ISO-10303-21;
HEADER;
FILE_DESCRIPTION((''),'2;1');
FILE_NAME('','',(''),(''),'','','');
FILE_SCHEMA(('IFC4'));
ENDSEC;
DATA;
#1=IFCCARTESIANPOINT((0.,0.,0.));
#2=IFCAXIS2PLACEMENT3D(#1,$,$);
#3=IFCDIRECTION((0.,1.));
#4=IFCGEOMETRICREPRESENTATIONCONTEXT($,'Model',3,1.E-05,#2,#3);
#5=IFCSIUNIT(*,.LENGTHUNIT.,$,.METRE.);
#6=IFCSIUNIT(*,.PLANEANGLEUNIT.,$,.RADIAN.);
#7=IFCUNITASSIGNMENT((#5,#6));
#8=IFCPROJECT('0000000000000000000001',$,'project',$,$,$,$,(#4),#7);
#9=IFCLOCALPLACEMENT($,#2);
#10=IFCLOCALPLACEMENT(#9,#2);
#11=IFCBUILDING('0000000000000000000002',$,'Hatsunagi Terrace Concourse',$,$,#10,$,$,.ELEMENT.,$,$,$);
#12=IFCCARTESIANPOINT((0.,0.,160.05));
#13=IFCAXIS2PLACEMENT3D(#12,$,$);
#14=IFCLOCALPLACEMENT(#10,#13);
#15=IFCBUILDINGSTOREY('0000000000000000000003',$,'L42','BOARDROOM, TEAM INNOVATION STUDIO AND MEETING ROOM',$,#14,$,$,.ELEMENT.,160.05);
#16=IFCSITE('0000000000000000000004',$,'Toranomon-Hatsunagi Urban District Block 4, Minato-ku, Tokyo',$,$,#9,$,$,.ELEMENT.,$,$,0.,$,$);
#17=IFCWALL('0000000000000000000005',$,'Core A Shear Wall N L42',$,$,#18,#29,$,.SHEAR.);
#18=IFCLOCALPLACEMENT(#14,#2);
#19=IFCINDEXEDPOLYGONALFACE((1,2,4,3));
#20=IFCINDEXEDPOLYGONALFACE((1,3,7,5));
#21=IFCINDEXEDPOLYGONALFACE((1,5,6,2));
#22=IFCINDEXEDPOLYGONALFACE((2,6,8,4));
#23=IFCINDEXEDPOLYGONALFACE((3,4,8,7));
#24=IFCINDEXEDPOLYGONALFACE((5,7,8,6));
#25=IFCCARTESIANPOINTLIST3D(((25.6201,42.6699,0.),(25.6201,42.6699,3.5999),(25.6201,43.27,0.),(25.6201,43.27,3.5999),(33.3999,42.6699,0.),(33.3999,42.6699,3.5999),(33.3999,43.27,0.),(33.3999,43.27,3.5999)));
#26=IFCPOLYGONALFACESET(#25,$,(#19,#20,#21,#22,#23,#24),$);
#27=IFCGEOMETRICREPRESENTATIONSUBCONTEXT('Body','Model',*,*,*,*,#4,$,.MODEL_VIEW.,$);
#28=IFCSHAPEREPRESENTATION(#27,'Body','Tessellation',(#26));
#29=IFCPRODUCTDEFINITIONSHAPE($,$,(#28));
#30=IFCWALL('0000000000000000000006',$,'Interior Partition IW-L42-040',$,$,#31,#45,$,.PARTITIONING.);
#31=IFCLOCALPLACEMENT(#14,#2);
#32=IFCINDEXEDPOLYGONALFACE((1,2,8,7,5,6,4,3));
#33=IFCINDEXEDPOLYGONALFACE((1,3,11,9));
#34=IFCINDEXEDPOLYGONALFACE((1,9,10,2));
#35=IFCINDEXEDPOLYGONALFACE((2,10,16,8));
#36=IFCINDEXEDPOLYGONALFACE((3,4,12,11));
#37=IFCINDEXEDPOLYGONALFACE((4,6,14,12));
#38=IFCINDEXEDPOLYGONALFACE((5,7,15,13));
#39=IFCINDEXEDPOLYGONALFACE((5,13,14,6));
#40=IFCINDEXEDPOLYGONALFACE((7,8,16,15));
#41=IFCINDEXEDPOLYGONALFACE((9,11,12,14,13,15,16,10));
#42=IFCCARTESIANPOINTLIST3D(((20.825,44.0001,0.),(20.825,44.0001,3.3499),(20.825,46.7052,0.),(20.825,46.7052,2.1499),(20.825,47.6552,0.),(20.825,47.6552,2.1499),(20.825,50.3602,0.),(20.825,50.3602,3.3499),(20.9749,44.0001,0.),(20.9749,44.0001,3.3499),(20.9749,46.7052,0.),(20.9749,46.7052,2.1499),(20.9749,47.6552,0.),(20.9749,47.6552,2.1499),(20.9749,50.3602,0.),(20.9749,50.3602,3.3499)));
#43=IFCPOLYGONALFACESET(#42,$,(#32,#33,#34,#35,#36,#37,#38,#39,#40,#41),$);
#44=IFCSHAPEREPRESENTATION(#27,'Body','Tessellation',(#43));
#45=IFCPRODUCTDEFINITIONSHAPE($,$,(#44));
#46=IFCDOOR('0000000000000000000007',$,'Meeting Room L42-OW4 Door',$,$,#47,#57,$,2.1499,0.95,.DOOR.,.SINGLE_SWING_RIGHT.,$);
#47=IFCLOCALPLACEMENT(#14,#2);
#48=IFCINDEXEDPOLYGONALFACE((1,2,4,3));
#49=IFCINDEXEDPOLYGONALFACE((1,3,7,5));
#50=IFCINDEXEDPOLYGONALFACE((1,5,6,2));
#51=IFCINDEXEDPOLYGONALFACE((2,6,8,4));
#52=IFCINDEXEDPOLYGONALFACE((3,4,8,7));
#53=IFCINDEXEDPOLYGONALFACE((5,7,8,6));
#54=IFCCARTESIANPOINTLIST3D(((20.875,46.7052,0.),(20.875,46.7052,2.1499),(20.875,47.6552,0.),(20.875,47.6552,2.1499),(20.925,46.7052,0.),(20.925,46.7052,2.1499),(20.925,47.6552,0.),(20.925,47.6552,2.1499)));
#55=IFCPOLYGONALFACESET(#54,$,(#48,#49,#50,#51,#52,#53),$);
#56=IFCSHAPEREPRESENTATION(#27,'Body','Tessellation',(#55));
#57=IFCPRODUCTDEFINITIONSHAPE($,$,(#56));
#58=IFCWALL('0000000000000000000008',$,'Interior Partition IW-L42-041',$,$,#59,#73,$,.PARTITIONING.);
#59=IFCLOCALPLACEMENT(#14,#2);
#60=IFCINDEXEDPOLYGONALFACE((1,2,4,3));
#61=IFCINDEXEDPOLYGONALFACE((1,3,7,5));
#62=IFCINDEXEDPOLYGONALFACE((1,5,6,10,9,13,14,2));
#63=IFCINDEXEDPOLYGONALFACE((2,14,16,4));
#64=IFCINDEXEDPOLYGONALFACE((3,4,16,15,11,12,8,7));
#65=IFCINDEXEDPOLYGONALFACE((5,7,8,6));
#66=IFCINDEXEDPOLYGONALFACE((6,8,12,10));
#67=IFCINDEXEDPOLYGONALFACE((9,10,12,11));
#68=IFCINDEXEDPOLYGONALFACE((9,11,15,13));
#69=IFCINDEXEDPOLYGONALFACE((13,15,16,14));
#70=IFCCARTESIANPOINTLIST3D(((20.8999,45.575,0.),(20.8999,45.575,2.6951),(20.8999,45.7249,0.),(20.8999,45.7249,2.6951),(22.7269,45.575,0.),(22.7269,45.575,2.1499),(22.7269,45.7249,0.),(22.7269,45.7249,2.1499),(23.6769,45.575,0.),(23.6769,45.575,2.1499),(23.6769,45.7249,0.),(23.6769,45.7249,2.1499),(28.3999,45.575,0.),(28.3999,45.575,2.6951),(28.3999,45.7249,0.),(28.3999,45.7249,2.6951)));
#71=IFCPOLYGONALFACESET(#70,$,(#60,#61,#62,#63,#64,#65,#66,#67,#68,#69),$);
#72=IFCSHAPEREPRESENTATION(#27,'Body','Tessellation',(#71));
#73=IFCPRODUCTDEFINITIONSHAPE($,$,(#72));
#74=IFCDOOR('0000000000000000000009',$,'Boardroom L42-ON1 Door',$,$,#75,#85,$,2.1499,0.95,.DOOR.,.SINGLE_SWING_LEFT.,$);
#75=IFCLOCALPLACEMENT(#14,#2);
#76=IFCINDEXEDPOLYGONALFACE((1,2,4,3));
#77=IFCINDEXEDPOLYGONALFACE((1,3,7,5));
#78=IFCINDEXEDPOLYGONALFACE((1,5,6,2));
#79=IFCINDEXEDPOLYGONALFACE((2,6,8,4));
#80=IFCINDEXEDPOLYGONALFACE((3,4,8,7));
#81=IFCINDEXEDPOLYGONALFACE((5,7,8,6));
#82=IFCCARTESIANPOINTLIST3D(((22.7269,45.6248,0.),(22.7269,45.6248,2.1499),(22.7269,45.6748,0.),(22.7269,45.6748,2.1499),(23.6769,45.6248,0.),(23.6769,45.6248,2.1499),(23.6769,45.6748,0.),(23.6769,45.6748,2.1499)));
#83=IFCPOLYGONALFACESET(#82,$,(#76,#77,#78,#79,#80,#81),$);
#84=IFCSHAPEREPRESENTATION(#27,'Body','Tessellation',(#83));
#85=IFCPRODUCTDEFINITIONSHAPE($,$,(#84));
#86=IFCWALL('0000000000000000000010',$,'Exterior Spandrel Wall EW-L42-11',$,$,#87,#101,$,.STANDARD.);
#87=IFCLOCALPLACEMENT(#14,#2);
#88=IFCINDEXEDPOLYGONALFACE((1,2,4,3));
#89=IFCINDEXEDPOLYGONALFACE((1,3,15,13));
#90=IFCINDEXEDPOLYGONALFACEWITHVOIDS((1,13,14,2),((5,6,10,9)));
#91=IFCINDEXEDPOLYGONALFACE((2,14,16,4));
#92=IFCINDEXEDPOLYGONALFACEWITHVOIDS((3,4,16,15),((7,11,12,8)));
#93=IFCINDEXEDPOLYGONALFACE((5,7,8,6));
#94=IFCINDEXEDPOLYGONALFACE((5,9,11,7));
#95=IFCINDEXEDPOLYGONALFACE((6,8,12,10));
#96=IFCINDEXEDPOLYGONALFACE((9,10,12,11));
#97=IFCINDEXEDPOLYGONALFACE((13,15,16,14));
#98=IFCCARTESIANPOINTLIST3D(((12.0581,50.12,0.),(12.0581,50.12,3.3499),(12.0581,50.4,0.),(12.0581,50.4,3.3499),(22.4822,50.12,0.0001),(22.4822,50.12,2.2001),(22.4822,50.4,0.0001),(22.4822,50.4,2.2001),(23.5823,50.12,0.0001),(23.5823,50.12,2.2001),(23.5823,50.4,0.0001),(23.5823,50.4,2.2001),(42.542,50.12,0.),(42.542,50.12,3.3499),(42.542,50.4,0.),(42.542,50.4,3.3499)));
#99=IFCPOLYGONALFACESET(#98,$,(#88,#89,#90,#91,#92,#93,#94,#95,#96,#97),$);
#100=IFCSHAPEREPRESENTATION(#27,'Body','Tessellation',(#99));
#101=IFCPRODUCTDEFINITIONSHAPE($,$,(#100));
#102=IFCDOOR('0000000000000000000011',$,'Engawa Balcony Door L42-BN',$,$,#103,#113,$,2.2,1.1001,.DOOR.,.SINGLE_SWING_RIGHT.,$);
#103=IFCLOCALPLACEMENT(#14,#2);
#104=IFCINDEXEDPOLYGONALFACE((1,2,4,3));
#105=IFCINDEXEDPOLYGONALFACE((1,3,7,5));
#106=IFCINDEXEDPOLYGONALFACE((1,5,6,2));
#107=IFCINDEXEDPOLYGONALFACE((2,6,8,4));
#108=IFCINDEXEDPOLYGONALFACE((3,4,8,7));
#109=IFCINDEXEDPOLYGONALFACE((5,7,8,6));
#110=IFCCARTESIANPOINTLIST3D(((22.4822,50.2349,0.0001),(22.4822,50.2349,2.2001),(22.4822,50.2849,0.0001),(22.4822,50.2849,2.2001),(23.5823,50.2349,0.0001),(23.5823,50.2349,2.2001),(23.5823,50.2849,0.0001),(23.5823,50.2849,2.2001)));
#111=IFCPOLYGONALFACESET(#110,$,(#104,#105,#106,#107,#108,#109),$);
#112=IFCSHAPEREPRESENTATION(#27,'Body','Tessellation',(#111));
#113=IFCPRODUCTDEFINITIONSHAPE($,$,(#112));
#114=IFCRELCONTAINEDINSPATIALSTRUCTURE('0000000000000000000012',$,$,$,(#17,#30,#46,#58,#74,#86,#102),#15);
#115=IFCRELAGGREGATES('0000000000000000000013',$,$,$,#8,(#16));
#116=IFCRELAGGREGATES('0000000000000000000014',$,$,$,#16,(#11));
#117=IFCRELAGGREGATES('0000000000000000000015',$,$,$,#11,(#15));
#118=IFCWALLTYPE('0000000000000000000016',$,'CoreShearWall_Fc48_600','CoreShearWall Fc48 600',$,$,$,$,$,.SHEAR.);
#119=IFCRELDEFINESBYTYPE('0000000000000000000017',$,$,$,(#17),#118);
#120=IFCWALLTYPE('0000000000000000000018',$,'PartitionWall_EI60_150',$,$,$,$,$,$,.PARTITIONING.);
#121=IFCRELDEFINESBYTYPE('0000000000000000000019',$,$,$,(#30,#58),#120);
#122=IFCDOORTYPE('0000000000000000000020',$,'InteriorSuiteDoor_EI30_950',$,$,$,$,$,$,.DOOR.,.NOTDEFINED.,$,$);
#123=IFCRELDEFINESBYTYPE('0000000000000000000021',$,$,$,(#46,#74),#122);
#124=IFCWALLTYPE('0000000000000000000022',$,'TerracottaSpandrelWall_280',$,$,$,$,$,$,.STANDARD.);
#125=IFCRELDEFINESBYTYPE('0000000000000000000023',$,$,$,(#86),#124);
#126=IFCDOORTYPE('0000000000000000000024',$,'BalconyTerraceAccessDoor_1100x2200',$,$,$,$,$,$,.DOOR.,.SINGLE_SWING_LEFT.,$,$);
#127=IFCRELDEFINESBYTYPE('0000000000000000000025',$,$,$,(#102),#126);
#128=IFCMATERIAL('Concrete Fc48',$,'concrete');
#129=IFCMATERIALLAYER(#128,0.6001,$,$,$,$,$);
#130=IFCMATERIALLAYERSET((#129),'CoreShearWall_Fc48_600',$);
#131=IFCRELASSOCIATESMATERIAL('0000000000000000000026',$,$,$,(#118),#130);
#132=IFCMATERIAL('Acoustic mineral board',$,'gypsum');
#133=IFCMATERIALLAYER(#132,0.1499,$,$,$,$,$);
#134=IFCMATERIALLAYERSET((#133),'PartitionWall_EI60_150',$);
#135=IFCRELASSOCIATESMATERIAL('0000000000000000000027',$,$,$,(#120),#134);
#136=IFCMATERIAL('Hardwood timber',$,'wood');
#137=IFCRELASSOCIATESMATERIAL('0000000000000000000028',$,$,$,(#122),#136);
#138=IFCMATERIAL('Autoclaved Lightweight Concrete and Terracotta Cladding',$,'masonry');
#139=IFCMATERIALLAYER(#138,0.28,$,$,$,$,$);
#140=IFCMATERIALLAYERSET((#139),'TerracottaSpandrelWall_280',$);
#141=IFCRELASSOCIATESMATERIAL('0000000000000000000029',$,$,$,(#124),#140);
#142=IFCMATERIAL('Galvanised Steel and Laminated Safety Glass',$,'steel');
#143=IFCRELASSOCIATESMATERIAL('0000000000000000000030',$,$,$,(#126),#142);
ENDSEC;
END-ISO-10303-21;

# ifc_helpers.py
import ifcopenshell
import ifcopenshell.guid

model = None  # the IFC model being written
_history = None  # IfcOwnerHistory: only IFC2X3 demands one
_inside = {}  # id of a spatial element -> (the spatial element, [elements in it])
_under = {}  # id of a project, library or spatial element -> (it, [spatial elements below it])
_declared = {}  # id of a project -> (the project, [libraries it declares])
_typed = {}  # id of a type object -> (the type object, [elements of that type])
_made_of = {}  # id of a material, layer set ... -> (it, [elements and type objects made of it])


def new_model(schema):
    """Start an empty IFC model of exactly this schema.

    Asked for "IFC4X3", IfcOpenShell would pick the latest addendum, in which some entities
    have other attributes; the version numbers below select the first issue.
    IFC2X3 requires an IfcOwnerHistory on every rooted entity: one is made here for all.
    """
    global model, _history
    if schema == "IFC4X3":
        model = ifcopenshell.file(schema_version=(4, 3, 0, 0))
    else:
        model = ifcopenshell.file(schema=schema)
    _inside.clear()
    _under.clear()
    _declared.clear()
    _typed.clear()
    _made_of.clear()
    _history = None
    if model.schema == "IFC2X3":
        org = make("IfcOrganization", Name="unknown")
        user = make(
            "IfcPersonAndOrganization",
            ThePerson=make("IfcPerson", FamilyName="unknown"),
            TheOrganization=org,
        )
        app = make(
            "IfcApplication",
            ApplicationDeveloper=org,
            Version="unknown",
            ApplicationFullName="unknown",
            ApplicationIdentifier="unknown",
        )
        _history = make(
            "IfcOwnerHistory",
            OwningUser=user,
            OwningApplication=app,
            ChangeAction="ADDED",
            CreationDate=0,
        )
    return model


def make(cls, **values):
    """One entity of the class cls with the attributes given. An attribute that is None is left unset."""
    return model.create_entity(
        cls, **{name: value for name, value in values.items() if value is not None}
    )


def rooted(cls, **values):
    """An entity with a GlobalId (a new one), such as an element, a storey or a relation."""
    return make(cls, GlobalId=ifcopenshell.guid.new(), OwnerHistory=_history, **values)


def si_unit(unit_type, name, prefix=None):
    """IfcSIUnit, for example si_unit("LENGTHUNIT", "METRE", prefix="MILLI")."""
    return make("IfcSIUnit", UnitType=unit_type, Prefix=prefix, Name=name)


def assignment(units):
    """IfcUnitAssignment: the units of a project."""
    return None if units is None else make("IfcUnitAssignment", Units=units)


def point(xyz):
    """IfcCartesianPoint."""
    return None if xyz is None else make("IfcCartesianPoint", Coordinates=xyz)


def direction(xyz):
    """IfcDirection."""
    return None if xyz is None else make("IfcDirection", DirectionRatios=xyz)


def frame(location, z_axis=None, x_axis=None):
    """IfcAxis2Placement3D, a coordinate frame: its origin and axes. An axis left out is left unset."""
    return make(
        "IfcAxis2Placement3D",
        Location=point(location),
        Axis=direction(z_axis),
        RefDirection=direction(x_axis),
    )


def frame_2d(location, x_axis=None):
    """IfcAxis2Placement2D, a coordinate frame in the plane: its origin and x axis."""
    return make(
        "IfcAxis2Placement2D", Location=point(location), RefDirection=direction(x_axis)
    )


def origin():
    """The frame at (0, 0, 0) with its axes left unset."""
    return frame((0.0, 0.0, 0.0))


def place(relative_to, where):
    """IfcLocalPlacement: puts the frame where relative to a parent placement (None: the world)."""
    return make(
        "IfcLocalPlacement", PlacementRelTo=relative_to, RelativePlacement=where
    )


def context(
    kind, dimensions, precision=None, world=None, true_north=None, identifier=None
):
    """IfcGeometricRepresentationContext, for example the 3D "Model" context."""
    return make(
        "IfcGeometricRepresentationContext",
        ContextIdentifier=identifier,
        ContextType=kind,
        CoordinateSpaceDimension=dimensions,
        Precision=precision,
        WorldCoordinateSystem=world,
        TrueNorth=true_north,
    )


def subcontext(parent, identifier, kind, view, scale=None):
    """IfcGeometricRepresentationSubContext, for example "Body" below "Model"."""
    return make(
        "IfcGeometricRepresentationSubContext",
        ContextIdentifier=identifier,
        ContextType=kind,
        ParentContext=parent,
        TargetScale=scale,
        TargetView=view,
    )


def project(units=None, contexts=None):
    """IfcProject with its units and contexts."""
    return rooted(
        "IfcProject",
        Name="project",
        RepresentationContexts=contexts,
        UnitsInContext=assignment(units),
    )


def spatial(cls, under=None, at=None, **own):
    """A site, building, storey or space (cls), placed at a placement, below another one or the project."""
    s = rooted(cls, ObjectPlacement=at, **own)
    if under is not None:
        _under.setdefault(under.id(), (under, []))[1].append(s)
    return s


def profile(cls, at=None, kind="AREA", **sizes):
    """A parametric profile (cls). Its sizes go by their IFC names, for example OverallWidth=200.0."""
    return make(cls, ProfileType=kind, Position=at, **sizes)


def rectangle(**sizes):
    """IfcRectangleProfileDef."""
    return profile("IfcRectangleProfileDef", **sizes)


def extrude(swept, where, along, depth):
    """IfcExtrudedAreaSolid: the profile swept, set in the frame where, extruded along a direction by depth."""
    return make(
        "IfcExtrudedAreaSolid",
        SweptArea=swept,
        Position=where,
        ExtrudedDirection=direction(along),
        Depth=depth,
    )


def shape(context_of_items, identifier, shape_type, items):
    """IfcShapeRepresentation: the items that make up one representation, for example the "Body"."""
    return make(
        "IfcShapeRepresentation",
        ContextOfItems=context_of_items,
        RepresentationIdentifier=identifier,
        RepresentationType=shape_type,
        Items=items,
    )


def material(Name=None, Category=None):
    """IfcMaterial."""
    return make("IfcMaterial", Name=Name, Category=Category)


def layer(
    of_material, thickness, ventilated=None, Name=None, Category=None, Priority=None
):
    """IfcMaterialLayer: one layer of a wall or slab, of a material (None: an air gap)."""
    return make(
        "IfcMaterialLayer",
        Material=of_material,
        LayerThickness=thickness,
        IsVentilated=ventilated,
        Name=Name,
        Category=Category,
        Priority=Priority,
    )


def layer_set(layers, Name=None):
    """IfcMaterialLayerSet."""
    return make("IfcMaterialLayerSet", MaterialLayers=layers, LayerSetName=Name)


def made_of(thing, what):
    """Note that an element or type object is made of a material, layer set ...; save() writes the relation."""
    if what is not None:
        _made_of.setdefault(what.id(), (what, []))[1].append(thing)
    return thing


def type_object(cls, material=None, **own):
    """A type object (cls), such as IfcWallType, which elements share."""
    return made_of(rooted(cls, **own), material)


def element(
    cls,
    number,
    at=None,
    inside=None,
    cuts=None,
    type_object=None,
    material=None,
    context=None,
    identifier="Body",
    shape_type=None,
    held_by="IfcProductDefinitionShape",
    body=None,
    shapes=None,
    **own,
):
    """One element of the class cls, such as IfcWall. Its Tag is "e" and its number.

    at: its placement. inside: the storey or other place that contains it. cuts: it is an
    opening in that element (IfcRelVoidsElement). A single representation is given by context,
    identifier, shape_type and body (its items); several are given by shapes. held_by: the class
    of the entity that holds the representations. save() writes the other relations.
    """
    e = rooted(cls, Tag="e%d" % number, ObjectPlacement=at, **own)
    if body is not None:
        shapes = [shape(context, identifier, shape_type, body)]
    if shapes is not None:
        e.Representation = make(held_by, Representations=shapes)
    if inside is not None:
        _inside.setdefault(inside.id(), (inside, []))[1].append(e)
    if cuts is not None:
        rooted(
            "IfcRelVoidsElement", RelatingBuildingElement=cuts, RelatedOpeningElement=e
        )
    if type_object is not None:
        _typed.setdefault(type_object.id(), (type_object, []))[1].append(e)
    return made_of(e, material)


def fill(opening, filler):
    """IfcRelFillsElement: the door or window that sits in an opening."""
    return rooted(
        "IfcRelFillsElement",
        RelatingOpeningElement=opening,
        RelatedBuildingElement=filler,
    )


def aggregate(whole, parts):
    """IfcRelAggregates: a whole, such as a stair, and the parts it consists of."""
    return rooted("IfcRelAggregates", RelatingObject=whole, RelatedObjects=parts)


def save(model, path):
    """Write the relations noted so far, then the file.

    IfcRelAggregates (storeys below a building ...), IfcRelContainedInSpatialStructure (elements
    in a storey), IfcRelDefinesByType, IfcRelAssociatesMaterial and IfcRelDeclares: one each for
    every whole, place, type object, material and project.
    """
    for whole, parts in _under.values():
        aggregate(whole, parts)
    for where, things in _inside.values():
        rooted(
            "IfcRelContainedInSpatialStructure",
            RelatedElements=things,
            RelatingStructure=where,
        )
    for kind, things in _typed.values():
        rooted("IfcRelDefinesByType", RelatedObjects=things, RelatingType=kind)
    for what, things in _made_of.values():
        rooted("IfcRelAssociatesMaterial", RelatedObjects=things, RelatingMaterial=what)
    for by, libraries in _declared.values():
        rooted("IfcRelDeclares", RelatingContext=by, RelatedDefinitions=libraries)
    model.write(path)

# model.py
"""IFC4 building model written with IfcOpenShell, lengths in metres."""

from ifc_helpers import new_model, si_unit, direction, frame, frame_2d, origin, place, context, subcontext, project, spatial, rectangle, extrude, material, layer, layer_set, type_object, element, fill, save


model = new_model("IFC4")

# Units and contexts
model_context = context("Model", 3, precision=1e-05, world=origin(), true_north=direction((0.0, 1.0)))
body_context = subcontext(model_context, "Body", "Model", "MODEL_VIEW")
ifc_project = project(units=[si_unit("LENGTHUNIT", "METRE"), si_unit("PLANEANGLEUNIT", "RADIAN")], contexts=[model_context])

# Site, building, storey
site_placement = place(None, origin())
site = spatial("IfcSite", under=ifc_project, at=site_placement, Name="Toranomon-Hatsunagi Urban District Block 4, Minato-ku, Tokyo", CompositionType="ELEMENT", RefElevation=0.0)
building_placement = place(site_placement, origin())
building = spatial("IfcBuilding", under=site, at=building_placement, Name="Hatsunagi Terrace Concourse", CompositionType="ELEMENT")
storey_placement = place(building_placement, frame((0.0, 0.0, 160.05)))
storey = spatial("IfcBuildingStorey", under=building, at=storey_placement, Name="L42", Description="BOARDROOM, TEAM INNOVATION STUDIO AND MEETING ROOM", CompositionType="ELEMENT", Elevation=160.05)

# Wall
ifc_material_1 = material(Name="Concrete Fc48", Category="concrete")
ifc_layer_1 = layer(ifc_material_1, 0.6001)
ifc_layer_set_1 = layer_set([ifc_layer_1], Name="CoreShearWall_Fc48_600")
wall_type_1 = type_object("IfcWallType", Name="CoreShearWall_Fc48_600", Description="CoreShearWall Fc48 600", PredefinedType="SHEAR", material=ifc_layer_set_1)
wall_1_placement = place(storey_placement, frame((25.6201, 42.97, 0.0), z_axis=(0.0, 0.0, 1.0), x_axis=(1.0, 0.0, 0.0)))
element("IfcWall", 1, at=wall_1_placement, inside=storey, type_object=wall_type_1, Name="Core A Shear Wall N L42", PredefinedType="SHEAR", context=body_context, shape_type="SweptSolid", body=[
    extrude(rectangle(XDim=7.7798, YDim=0.6001, at=frame_2d((3.8899, 0.0))), origin(), (0.0, 0.0, 1.0), 3.5999),
])

# Walls, openings, doors
ifc_material_2 = material(Name="Acoustic mineral board", Category="gypsum")
ifc_layer_2 = layer(ifc_material_2, 0.1499)
ifc_layer_set_2 = layer_set([ifc_layer_2], Name="PartitionWall_EI60_150")
wall_type_2 = type_object("IfcWallType", Name="PartitionWall_EI60_150", PredefinedType="PARTITIONING", material=ifc_layer_set_2)
wall_2_placement = place(storey_placement, frame((20.8999, 44.0, 0.0), z_axis=(0.0, 0.0, 1.0), x_axis=(0.0, 1.0, 0.0)))
wall_2 = element("IfcWall", 2, at=wall_2_placement, inside=storey, type_object=wall_type_2, Name="Interior Partition IW-L42-040", PredefinedType="PARTITIONING", context=body_context, shape_type="SweptSolid", body=[
    extrude(rectangle(XDim=6.3601, YDim=0.1499, at=frame_2d((3.1802, 0.0))), origin(), (0.0, 0.0, 1.0), 3.3499),
])
opening_1_placement = place(wall_2_placement, frame((2.7051, 0.0, 0.0)))
opening_1 = element("IfcOpeningElement", 3, at=opening_1_placement, cuts=wall_2, PredefinedType="OPENING", context=body_context, shape_type="SweptSolid", body=[
    extrude(rectangle(XDim=0.95, YDim=2.1499, at=frame_2d((0.4751, 1.075))), frame((0.0, 0.085, 0.0), z_axis=(0.0, -1.0, 0.0), x_axis=(1.0, 0.0, 0.0)), (0.0, 0.0, 1.0), 0.1699),
])
ifc_material_3 = material(Name="Hardwood timber", Category="wood")
door_type_1 = type_object("IfcDoorType", Name="InteriorSuiteDoor_EI30_950", OperationType="NOTDEFINED", PredefinedType="DOOR", material=ifc_material_3)
door_1_placement = place(opening_1_placement, origin())
door_1 = element("IfcDoor", 4, at=door_1_placement, inside=storey, type_object=door_type_1, Name="Meeting Room L42-OW4 Door", OperationType="SINGLE_SWING_RIGHT", OverallHeight=2.1499, OverallWidth=0.95, PredefinedType="DOOR", context=body_context, shape_type="SweptSolid", body=[
    extrude(rectangle(XDim=0.95, YDim=2.1499, at=frame_2d((0.4751, 1.075))), frame((0.0, 0.0249, 0.0), z_axis=(0.0, -1.0, 0.0), x_axis=(1.0, 0.0, 0.0)), (0.0, 0.0, 1.0), 0.05),
])
fill(opening_1, door_1)
wall_3_placement = place(storey_placement, frame((20.8999, 45.6499, 0.0), z_axis=(0.0, 0.0, 1.0), x_axis=(1.0, 0.0, 0.0)))
wall_3 = element("IfcWall", 5, at=wall_3_placement, inside=storey, type_object=wall_type_2, Name="Interior Partition IW-L42-041", PredefinedType="PARTITIONING", context=body_context, shape_type="SweptSolid", body=[
    extrude(rectangle(XDim=7.5, YDim=0.1499, at=frame_2d((3.75, 0.0))), origin(), (0.0, 0.0, 1.0), 2.6951),
])
opening_2_placement = place(wall_3_placement, frame((1.8269, 0.0, 0.0)))
opening_2 = element("IfcOpeningElement", 6, at=opening_2_placement, cuts=wall_3, PredefinedType="OPENING", context=body_context, shape_type="SweptSolid", body=[
    extrude(rectangle(XDim=0.95, YDim=2.1499, at=frame_2d((0.4751, 1.075))), frame((0.0, 0.085, 0.0), z_axis=(0.0, -1.0, 0.0), x_axis=(1.0, 0.0, 0.0)), (0.0, 0.0, 1.0), 0.1699),
])
door_2_placement = place(opening_2_placement, origin())
door_2 = element("IfcDoor", 7, at=door_2_placement, inside=storey, type_object=door_type_1, Name="Boardroom L42-ON1 Door", OperationType="SINGLE_SWING_LEFT", OverallHeight=2.1499, OverallWidth=0.95, PredefinedType="DOOR", context=body_context, shape_type="SweptSolid", body=[
    extrude(rectangle(XDim=0.95, YDim=2.1499, at=frame_2d((0.4751, 1.075))), frame((0.0, 0.0249, 0.0), z_axis=(0.0, -1.0, 0.0), x_axis=(1.0, 0.0, 0.0)), (0.0, 0.0, 1.0), 0.05),
])
fill(opening_2, door_2)
ifc_material_4 = material(Name="Autoclaved Lightweight Concrete and Terracotta Cladding", Category="masonry")
ifc_layer_3 = layer(ifc_material_4, 0.28)
ifc_layer_set_3 = layer_set([ifc_layer_3], Name="TerracottaSpandrelWall_280")
wall_type_3 = type_object("IfcWallType", Name="TerracottaSpandrelWall_280", PredefinedType="STANDARD", material=ifc_layer_set_3)
wall_4_placement = place(storey_placement, frame((12.0581, 50.26, 0.0), z_axis=(0.0, 0.0, 1.0), x_axis=(1.0, 0.0, 0.0)))
wall_4 = element("IfcWall", 8, at=wall_4_placement, inside=storey, type_object=wall_type_3, Name="Exterior Spandrel Wall EW-L42-11", PredefinedType="STANDARD", context=body_context, shape_type="SweptSolid", body=[
    extrude(rectangle(XDim=30.4839, YDim=0.28, at=frame_2d((15.2419, 0.0))), origin(), (0.0, 0.0, 1.0), 3.3499),
])
opening_3_placement = place(wall_4_placement, frame((10.4241, 0.0, 0.0)))
opening_3 = element("IfcOpeningElement", 9, at=opening_3_placement, cuts=wall_4, PredefinedType="OPENING", context=body_context, shape_type="SweptSolid", body=[
    extrude(rectangle(XDim=1.1001, YDim=2.2, at=frame_2d((0.55, 1.1001))), frame((0.0, 0.1499, 0.0), z_axis=(0.0, -1.0, 0.0), x_axis=(1.0, 0.0, 0.0)), (0.0, 0.0, 1.0), 0.3),
])
ifc_material_5 = material(Name="Galvanised Steel and Laminated Safety Glass", Category="steel")
door_type_2 = type_object("IfcDoorType", Name="BalconyTerraceAccessDoor_1100x2200", OperationType="SINGLE_SWING_LEFT", PredefinedType="DOOR", material=ifc_material_5)
door_3_placement = place(opening_3_placement, origin())
door_3 = element("IfcDoor", 10, at=door_3_placement, inside=storey, type_object=door_type_2, Name="Engawa Balcony Door L42-BN", OperationType="SINGLE_SWING_RIGHT", OverallHeight=2.2, OverallWidth=1.1001, PredefinedType="DOOR", context=body_context, shape_type="SweptSolid", body=[
    extrude(rectangle(XDim=1.1001, YDim=2.2, at=frame_2d((0.55, 1.1001))), frame((0.0, 0.0249, 0.0), z_axis=(0.0, -1.0, 0.0), x_axis=(1.0, 0.0, 0.0)), (0.0, 0.0, 1.0), 0.05),
])
fill(opening_3, door_3)

save(model, "model.ifc")
